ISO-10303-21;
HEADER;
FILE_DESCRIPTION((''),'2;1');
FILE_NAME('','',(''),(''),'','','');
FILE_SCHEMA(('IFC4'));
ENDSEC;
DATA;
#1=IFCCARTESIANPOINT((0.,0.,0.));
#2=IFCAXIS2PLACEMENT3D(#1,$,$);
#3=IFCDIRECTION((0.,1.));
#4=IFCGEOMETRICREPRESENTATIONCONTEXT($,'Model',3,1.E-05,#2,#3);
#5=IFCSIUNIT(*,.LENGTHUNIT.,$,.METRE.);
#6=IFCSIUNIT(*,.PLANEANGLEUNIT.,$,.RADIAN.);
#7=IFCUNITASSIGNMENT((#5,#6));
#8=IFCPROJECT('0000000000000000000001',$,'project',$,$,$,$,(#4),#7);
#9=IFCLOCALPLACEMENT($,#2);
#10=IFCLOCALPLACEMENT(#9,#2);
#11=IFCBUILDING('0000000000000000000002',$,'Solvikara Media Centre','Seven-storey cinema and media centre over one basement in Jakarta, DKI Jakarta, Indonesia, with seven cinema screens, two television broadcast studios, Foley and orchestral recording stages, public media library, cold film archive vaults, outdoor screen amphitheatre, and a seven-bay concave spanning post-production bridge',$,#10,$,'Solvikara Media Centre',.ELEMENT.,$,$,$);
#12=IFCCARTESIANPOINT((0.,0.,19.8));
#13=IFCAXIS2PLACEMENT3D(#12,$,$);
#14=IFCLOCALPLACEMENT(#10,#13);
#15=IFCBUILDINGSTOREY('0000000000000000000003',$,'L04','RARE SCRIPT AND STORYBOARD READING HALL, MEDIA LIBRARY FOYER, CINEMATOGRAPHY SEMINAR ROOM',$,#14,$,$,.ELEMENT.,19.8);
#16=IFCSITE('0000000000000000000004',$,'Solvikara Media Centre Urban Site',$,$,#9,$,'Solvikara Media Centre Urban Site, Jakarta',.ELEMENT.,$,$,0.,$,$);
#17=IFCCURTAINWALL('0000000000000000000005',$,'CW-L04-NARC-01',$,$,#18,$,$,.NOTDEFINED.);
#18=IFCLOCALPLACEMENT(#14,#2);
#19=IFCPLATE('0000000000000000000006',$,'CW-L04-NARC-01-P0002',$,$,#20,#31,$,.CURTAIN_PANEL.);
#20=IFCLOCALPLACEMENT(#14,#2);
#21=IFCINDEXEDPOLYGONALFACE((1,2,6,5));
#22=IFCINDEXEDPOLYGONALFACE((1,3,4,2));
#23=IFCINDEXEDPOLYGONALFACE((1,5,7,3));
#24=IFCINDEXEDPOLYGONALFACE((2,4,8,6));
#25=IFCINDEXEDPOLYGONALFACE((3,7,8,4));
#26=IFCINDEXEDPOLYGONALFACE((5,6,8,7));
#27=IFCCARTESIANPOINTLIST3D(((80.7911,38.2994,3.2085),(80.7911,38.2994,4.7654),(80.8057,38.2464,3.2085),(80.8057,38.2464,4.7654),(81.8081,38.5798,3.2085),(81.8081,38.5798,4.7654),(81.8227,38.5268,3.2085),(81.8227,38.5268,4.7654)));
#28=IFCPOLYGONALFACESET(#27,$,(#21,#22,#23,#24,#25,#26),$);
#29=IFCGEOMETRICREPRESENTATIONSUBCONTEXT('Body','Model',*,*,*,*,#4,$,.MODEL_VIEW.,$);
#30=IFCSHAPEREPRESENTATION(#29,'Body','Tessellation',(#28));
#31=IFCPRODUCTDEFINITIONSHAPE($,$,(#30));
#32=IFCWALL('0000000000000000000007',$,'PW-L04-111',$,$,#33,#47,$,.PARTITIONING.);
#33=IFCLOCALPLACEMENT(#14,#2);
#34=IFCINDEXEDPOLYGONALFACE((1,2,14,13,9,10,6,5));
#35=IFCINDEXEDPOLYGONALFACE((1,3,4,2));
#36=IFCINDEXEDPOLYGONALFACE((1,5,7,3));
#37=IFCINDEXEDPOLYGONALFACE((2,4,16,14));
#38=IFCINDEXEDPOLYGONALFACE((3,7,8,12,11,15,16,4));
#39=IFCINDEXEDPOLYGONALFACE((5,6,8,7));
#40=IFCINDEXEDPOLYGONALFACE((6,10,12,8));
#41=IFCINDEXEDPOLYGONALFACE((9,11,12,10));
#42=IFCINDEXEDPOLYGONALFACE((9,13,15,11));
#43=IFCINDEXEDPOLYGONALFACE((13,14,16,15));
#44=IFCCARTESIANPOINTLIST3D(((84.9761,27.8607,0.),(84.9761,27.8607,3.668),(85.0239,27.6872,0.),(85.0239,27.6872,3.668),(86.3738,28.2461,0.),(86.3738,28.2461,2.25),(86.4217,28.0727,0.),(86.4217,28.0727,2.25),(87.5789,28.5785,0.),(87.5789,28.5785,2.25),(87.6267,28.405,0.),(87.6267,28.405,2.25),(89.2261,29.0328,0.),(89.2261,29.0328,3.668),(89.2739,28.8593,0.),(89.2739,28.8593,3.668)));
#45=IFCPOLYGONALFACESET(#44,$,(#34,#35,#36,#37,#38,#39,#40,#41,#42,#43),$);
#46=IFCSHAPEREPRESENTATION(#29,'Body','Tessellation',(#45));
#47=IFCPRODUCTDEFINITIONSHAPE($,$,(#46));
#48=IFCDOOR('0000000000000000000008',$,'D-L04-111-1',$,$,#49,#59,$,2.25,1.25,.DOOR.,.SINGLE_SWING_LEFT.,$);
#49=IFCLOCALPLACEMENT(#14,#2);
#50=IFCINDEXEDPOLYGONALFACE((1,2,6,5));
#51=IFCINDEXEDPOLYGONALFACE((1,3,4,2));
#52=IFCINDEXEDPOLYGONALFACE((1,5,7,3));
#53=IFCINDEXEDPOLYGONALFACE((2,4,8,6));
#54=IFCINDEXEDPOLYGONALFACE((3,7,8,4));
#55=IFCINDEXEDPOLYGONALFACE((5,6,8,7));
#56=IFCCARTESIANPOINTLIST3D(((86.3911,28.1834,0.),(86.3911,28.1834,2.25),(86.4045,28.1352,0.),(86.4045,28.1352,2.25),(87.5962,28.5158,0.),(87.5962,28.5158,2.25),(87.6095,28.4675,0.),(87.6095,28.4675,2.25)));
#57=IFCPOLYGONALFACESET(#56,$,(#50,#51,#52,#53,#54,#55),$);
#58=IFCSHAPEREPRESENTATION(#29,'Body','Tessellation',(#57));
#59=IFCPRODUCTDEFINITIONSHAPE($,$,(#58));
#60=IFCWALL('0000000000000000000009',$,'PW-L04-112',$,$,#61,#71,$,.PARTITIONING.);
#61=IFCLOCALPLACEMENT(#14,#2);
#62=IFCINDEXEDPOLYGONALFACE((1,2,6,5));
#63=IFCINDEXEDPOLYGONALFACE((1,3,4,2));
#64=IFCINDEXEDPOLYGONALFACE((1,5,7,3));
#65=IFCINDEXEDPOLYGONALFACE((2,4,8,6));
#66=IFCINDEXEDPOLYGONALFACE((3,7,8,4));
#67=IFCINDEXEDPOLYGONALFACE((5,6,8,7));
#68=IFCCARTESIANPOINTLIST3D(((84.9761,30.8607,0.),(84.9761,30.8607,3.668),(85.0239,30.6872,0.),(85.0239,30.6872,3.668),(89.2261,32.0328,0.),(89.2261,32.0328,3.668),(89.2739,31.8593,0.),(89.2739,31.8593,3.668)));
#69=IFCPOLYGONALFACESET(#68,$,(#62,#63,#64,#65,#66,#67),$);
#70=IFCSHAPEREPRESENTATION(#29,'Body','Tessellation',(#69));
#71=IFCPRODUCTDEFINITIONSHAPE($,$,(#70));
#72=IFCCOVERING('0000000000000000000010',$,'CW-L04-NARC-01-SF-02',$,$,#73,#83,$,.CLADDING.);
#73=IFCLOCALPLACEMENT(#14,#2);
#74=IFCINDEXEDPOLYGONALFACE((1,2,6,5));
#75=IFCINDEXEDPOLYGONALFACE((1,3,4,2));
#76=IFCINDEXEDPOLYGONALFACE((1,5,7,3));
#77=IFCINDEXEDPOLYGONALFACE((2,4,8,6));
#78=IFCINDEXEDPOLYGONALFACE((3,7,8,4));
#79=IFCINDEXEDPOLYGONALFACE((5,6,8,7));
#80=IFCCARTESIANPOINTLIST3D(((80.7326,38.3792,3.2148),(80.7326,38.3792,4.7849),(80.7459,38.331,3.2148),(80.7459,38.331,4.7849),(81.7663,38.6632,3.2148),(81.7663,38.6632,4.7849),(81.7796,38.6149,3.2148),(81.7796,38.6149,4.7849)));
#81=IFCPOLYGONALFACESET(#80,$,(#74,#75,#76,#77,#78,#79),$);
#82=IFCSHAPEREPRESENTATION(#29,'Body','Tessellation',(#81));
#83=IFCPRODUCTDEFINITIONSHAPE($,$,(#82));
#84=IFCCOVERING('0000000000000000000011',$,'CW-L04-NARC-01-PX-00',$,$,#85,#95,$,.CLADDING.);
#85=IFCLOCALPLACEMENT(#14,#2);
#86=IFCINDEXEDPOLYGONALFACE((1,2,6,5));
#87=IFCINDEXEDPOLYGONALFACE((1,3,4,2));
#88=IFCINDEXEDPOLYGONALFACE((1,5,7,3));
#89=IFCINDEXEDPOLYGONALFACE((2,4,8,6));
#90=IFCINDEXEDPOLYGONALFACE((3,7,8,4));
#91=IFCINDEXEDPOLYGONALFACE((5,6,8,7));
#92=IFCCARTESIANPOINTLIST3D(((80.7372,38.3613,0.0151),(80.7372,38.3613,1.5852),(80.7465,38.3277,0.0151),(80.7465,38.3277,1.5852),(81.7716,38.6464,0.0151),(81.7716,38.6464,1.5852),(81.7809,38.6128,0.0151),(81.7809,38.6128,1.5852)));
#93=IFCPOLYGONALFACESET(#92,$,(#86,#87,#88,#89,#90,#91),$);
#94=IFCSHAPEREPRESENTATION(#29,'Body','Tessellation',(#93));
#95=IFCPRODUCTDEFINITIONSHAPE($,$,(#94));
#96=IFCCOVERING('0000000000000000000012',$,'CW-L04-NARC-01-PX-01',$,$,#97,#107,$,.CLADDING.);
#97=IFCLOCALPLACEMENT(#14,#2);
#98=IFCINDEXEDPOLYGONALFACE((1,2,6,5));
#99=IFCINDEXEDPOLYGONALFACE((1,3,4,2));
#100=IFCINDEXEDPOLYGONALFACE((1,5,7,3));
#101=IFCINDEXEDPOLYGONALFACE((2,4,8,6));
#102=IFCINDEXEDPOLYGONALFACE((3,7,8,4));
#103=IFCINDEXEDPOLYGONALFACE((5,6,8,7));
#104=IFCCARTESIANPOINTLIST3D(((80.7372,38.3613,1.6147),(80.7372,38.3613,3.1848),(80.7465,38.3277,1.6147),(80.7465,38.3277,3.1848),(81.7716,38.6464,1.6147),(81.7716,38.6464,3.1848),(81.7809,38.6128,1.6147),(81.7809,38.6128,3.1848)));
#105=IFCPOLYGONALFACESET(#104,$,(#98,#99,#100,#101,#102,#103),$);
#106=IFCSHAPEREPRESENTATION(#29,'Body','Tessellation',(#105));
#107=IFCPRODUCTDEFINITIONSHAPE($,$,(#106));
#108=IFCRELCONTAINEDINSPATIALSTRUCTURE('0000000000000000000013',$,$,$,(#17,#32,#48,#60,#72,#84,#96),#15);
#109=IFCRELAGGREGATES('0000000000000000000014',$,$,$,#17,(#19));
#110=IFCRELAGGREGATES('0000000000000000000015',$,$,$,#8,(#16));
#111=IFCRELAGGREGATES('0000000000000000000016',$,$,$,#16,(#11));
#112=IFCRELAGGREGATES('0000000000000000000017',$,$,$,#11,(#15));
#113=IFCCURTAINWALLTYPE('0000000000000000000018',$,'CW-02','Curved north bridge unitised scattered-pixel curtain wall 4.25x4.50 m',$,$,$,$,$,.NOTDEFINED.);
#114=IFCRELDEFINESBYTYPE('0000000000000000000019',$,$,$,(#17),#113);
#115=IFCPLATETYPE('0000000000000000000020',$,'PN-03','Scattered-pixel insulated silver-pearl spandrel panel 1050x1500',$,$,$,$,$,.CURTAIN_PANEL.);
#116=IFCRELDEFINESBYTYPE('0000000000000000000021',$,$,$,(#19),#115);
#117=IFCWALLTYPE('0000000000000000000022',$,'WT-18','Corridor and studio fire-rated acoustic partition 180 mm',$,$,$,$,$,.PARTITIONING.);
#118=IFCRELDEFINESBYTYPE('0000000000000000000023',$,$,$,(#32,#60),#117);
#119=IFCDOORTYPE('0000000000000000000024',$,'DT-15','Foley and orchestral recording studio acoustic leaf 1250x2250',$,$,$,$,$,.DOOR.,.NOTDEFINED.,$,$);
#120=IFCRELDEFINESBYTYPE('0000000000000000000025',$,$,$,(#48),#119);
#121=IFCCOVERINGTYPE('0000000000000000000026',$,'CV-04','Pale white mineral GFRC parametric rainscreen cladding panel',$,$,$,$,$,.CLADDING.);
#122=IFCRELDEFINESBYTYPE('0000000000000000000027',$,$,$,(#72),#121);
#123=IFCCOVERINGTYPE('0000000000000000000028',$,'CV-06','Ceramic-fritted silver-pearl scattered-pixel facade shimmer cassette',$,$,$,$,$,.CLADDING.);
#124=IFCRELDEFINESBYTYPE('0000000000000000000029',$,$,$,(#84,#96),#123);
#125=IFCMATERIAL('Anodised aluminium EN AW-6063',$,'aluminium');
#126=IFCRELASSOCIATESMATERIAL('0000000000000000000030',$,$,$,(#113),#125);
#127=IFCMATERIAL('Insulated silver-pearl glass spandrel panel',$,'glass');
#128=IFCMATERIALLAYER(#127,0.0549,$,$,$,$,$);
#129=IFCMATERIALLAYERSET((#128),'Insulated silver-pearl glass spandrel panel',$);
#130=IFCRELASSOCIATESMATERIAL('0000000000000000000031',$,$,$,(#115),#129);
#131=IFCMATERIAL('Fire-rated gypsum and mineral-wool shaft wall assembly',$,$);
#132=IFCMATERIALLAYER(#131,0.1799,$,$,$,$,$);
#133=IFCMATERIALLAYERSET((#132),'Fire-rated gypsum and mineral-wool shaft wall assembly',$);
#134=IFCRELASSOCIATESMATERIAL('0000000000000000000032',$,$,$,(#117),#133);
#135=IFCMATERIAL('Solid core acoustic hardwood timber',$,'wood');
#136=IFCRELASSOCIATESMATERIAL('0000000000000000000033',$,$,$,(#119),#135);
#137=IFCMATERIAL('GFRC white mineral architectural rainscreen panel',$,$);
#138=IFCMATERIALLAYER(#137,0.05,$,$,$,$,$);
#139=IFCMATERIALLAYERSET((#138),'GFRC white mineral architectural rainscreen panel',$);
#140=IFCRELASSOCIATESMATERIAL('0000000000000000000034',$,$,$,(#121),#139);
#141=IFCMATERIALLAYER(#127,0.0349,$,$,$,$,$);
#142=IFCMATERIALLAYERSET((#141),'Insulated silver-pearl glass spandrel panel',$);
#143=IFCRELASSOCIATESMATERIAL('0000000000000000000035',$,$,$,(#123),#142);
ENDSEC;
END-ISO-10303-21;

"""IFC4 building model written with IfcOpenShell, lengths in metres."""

from ifc_helpers import new_model, si_unit, direction, frame, frame_2d, origin, origin_2d, place, context, subcontext, project, spatial, rectangle, extrude, material, layer, layer_set, type_object, element, fill, aggregate, save


model = new_model("IFC4")

# Units and contexts
model_context = context("Model", 3, precision=1e-05, world=origin(), true_north=direction((0.0, 1.0)))
body_context = subcontext(model_context, "Body", "Model", "MODEL_VIEW")
ifc_project = project(units=[si_unit("LENGTHUNIT", "METRE"), si_unit("PLANEANGLEUNIT", "RADIAN")], contexts=[model_context])

# Site, building, storey
site_placement = place(None, origin())
site = spatial("IfcSite", under=ifc_project, at=site_placement, Name="Solvikara Media Centre Urban Site", LongName="Solvikara Media Centre Urban Site, Jakarta", CompositionType="ELEMENT", RefElevation=0.0)
building_placement = place(site_placement, origin())
building = spatial("IfcBuilding", under=site, at=building_placement, Name="Solvikara Media Centre", Description="Seven-storey cinema and media centre over one basement in Jakarta, DKI Jakarta, Indonesia, with seven cinema screens, two television broadcast studios, Foley and orchestral recording stages, public media library, cold film archive vaults, outdoor screen amphitheatre, and a seven-bay concave spanning post-production bridge", LongName="Solvikara Media Centre", CompositionType="ELEMENT")
storey_placement = place(building_placement, frame((0.0, 0.0, 19.8)))
storey = spatial("IfcBuildingStorey", under=building, at=storey_placement, Name="L04", Description="RARE SCRIPT AND STORYBOARD READING HALL, MEDIA LIBRARY FOYER, CINEMATOGRAPHY SEMINAR ROOM", CompositionType="ELEMENT", Elevation=19.8)

# Curtain wall
ifc_material_1 = material(Name="Anodised aluminium EN AW-6063", Category="aluminium")
curtain_wall_type = type_object("IfcCurtainWallType", Name="CW-02", Description="Curved north bridge unitised scattered-pixel curtain wall 4.25x4.50 m", PredefinedType="NOTDEFINED", material=ifc_material_1)
curtain_wall_placement = place(storey_placement, origin())
curtain_wall = element("IfcCurtainWall", 1, at=curtain_wall_placement, inside=storey, type_object=curtain_wall_type, Name="CW-L04-NARC-01", PredefinedType="NOTDEFINED")

# Plate
ifc_material_2 = material(Name="Insulated silver-pearl glass spandrel panel", Category="glass")
ifc_layer_1 = layer(ifc_material_2, 0.0549)
ifc_layer_set_1 = layer_set([ifc_layer_1], Name="Insulated silver-pearl glass spandrel panel")
plate_type_1 = type_object("IfcPlateType", Name="PN-03", Description="Scattered-pixel insulated silver-pearl spandrel panel 1050x1500", PredefinedType="CURTAIN_PANEL", material=ifc_layer_set_1)
plate_1_placement = place(storey_placement, frame((81.3069, 38.4131, 3.2085), z_axis=(0.0, 0.0, 1.0), x_axis=(0.96403, 0.265792, 0.0)))
plate_1 = element("IfcPlate", 2, at=plate_1_placement, type_object=plate_type_1, Name="CW-L04-NARC-01-P0002", PredefinedType="CURTAIN_PANEL", context=body_context, shape_type="SweptSolid", body=[
    extrude(rectangle(XDim=1.0549, YDim=0.0549, at=origin_2d()), origin(), (0.0, 0.0, 1.0), 1.5569),
])
aggregate(curtain_wall, [plate_1])

# Wall, opening, door
ifc_material_3 = material(Name="Fire-rated gypsum and mineral-wool shaft wall assembly")
ifc_layer_2 = layer(ifc_material_3, 0.1799)
ifc_layer_set_2 = layer_set([ifc_layer_2], Name="Fire-rated gypsum and mineral-wool shaft wall assembly")
wall_type = type_object("IfcWallType", Name="WT-18", Description="Corridor and studio fire-rated acoustic partition 180 mm", PredefinedType="PARTITIONING", material=ifc_layer_set_2)
wall_1_placement = place(storey_placement, frame((85.0, 27.7739, 0.0), z_axis=(0.0, 0.0, 1.0), x_axis=(0.96401, 0.265867, 0.0)))
wall_1 = element("IfcWall", 3, at=wall_1_placement, inside=storey, type_object=wall_type, Name="PW-L04-111", PredefinedType="PARTITIONING", context=body_context, shape_type="SweptSolid", body=[
    extrude(rectangle(XDim=4.4087, YDim=0.1799, at=frame_2d((2.2043, 0.0))), origin(), (0.0, 0.0, 1.0), 3.668),
])
opening_placement = place(wall_1_placement, frame((1.45, 0.0, 0.0)))
opening = element("IfcOpeningElement", 4, at=opening_placement, cuts=wall_1, PredefinedType="OPENING", context=body_context, shape_type="SweptSolid", body=[
    extrude(rectangle(XDim=1.25, YDim=2.25, at=frame_2d((0.625, 1.125))), frame((0.0, 0.1021, 0.0), z_axis=(0.0, -1.0, 0.0), x_axis=(1.0, 0.0, 0.0)), (0.0, 0.0, 1.0), 0.2039),
])
ifc_material_4 = material(Name="Solid core acoustic hardwood timber", Category="wood")
door_type = type_object("IfcDoorType", Name="DT-15", Description="Foley and orchestral recording studio acoustic leaf 1250x2250", OperationType="NOTDEFINED", PredefinedType="DOOR", material=ifc_material_4)
door_placement = place(opening_placement, origin())
door = element("IfcDoor", 5, at=door_placement, inside=storey, type_object=door_type, Name="D-L04-111-1", OperationType="SINGLE_SWING_LEFT", OverallHeight=2.25, OverallWidth=1.25, PredefinedType="DOOR", context=body_context, shape_type="SweptSolid", body=[
    extrude(rectangle(XDim=1.25, YDim=2.25, at=frame_2d((0.625, 1.125))), frame((0.0, 0.0249, 0.0), z_axis=(0.0, -1.0, 0.0), x_axis=(1.0, 0.0, 0.0)), (0.0, 0.0, 1.0), 0.05),
])
fill(opening, door)

# Wall
wall_2_placement = place(storey_placement, frame((85.0, 30.7739, 0.0), z_axis=(0.0, 0.0, 1.0), x_axis=(0.96401, 0.265867, 0.0)))
element("IfcWall", 6, at=wall_2_placement, inside=storey, type_object=wall_type, Name="PW-L04-112", PredefinedType="PARTITIONING", context=body_context, shape_type="SweptSolid", body=[
    extrude(rectangle(XDim=4.4087, YDim=0.1799, at=frame_2d((2.2043, 0.0))), origin(), (0.0, 0.0, 1.0), 3.668),
])

# Coverings
ifc_material_5 = material(Name="GFRC white mineral architectural rainscreen panel")
ifc_layer_3 = layer(ifc_material_5, 0.05)
ifc_layer_set_3 = layer_set([ifc_layer_3], Name="GFRC white mineral architectural rainscreen panel")
covering_type_1 = type_object("IfcCoveringType", Name="CV-04", Description="Pale white mineral GFRC parametric rainscreen cladding panel", PredefinedType="CLADDING", material=ifc_layer_set_3)
covering_placement = place(storey_placement, frame((81.2561, 38.4971, 3.2148), z_axis=(0.0, 0.0, 1.0), x_axis=(0.96429, 0.264849, 0.0)))
element("IfcCovering", 7, at=covering_placement, inside=storey, type_object=covering_type_1, Name="CW-L04-NARC-01-SF-02", PredefinedType="CLADDING", context=body_context, shape_type="SweptSolid", body=[
    extrude(rectangle(XDim=1.072, YDim=0.05, at=origin_2d()), origin(), (0.0, 0.0, 1.0), 1.5701),
])
ifc_layer_4 = layer(ifc_material_2, 0.0349)
ifc_layer_set_4 = layer_set([ifc_layer_4], Name="Insulated silver-pearl glass spandrel panel")
covering_type_2 = type_object("IfcCoveringType", Name="CV-06", Description="Ceramic-fritted silver-pearl scattered-pixel facade shimmer cassette", PredefinedType="CLADDING", material=ifc_layer_set_4)
for number, where, z_axis, x_axis, name in (
    (8, (81.259, 38.4871, 0.0151), (0.0, 0.0, 1.0), (0.964049, 0.265724, 0.0), "CW-L04-NARC-01-PX-00"),
    (9, (81.259, 38.4871, 1.6147), (0.0, 0.0, 1.0), (0.964049, 0.265724, 0.0), "CW-L04-NARC-01-PX-01"),
):
    element("IfcCovering", number, at=place(storey_placement, frame(where, z_axis=z_axis, x_axis=x_axis)), inside=storey, type_object=covering_type_2, Name=name, PredefinedType="CLADDING", context=body_context, shape_type="SweptSolid", body=[
        extrude(rectangle(XDim=1.073, YDim=0.0349, at=origin_2d()), origin(), (0.0, 0.0, 1.0), 1.5701),
    ])

save(model, "model.ifc")
